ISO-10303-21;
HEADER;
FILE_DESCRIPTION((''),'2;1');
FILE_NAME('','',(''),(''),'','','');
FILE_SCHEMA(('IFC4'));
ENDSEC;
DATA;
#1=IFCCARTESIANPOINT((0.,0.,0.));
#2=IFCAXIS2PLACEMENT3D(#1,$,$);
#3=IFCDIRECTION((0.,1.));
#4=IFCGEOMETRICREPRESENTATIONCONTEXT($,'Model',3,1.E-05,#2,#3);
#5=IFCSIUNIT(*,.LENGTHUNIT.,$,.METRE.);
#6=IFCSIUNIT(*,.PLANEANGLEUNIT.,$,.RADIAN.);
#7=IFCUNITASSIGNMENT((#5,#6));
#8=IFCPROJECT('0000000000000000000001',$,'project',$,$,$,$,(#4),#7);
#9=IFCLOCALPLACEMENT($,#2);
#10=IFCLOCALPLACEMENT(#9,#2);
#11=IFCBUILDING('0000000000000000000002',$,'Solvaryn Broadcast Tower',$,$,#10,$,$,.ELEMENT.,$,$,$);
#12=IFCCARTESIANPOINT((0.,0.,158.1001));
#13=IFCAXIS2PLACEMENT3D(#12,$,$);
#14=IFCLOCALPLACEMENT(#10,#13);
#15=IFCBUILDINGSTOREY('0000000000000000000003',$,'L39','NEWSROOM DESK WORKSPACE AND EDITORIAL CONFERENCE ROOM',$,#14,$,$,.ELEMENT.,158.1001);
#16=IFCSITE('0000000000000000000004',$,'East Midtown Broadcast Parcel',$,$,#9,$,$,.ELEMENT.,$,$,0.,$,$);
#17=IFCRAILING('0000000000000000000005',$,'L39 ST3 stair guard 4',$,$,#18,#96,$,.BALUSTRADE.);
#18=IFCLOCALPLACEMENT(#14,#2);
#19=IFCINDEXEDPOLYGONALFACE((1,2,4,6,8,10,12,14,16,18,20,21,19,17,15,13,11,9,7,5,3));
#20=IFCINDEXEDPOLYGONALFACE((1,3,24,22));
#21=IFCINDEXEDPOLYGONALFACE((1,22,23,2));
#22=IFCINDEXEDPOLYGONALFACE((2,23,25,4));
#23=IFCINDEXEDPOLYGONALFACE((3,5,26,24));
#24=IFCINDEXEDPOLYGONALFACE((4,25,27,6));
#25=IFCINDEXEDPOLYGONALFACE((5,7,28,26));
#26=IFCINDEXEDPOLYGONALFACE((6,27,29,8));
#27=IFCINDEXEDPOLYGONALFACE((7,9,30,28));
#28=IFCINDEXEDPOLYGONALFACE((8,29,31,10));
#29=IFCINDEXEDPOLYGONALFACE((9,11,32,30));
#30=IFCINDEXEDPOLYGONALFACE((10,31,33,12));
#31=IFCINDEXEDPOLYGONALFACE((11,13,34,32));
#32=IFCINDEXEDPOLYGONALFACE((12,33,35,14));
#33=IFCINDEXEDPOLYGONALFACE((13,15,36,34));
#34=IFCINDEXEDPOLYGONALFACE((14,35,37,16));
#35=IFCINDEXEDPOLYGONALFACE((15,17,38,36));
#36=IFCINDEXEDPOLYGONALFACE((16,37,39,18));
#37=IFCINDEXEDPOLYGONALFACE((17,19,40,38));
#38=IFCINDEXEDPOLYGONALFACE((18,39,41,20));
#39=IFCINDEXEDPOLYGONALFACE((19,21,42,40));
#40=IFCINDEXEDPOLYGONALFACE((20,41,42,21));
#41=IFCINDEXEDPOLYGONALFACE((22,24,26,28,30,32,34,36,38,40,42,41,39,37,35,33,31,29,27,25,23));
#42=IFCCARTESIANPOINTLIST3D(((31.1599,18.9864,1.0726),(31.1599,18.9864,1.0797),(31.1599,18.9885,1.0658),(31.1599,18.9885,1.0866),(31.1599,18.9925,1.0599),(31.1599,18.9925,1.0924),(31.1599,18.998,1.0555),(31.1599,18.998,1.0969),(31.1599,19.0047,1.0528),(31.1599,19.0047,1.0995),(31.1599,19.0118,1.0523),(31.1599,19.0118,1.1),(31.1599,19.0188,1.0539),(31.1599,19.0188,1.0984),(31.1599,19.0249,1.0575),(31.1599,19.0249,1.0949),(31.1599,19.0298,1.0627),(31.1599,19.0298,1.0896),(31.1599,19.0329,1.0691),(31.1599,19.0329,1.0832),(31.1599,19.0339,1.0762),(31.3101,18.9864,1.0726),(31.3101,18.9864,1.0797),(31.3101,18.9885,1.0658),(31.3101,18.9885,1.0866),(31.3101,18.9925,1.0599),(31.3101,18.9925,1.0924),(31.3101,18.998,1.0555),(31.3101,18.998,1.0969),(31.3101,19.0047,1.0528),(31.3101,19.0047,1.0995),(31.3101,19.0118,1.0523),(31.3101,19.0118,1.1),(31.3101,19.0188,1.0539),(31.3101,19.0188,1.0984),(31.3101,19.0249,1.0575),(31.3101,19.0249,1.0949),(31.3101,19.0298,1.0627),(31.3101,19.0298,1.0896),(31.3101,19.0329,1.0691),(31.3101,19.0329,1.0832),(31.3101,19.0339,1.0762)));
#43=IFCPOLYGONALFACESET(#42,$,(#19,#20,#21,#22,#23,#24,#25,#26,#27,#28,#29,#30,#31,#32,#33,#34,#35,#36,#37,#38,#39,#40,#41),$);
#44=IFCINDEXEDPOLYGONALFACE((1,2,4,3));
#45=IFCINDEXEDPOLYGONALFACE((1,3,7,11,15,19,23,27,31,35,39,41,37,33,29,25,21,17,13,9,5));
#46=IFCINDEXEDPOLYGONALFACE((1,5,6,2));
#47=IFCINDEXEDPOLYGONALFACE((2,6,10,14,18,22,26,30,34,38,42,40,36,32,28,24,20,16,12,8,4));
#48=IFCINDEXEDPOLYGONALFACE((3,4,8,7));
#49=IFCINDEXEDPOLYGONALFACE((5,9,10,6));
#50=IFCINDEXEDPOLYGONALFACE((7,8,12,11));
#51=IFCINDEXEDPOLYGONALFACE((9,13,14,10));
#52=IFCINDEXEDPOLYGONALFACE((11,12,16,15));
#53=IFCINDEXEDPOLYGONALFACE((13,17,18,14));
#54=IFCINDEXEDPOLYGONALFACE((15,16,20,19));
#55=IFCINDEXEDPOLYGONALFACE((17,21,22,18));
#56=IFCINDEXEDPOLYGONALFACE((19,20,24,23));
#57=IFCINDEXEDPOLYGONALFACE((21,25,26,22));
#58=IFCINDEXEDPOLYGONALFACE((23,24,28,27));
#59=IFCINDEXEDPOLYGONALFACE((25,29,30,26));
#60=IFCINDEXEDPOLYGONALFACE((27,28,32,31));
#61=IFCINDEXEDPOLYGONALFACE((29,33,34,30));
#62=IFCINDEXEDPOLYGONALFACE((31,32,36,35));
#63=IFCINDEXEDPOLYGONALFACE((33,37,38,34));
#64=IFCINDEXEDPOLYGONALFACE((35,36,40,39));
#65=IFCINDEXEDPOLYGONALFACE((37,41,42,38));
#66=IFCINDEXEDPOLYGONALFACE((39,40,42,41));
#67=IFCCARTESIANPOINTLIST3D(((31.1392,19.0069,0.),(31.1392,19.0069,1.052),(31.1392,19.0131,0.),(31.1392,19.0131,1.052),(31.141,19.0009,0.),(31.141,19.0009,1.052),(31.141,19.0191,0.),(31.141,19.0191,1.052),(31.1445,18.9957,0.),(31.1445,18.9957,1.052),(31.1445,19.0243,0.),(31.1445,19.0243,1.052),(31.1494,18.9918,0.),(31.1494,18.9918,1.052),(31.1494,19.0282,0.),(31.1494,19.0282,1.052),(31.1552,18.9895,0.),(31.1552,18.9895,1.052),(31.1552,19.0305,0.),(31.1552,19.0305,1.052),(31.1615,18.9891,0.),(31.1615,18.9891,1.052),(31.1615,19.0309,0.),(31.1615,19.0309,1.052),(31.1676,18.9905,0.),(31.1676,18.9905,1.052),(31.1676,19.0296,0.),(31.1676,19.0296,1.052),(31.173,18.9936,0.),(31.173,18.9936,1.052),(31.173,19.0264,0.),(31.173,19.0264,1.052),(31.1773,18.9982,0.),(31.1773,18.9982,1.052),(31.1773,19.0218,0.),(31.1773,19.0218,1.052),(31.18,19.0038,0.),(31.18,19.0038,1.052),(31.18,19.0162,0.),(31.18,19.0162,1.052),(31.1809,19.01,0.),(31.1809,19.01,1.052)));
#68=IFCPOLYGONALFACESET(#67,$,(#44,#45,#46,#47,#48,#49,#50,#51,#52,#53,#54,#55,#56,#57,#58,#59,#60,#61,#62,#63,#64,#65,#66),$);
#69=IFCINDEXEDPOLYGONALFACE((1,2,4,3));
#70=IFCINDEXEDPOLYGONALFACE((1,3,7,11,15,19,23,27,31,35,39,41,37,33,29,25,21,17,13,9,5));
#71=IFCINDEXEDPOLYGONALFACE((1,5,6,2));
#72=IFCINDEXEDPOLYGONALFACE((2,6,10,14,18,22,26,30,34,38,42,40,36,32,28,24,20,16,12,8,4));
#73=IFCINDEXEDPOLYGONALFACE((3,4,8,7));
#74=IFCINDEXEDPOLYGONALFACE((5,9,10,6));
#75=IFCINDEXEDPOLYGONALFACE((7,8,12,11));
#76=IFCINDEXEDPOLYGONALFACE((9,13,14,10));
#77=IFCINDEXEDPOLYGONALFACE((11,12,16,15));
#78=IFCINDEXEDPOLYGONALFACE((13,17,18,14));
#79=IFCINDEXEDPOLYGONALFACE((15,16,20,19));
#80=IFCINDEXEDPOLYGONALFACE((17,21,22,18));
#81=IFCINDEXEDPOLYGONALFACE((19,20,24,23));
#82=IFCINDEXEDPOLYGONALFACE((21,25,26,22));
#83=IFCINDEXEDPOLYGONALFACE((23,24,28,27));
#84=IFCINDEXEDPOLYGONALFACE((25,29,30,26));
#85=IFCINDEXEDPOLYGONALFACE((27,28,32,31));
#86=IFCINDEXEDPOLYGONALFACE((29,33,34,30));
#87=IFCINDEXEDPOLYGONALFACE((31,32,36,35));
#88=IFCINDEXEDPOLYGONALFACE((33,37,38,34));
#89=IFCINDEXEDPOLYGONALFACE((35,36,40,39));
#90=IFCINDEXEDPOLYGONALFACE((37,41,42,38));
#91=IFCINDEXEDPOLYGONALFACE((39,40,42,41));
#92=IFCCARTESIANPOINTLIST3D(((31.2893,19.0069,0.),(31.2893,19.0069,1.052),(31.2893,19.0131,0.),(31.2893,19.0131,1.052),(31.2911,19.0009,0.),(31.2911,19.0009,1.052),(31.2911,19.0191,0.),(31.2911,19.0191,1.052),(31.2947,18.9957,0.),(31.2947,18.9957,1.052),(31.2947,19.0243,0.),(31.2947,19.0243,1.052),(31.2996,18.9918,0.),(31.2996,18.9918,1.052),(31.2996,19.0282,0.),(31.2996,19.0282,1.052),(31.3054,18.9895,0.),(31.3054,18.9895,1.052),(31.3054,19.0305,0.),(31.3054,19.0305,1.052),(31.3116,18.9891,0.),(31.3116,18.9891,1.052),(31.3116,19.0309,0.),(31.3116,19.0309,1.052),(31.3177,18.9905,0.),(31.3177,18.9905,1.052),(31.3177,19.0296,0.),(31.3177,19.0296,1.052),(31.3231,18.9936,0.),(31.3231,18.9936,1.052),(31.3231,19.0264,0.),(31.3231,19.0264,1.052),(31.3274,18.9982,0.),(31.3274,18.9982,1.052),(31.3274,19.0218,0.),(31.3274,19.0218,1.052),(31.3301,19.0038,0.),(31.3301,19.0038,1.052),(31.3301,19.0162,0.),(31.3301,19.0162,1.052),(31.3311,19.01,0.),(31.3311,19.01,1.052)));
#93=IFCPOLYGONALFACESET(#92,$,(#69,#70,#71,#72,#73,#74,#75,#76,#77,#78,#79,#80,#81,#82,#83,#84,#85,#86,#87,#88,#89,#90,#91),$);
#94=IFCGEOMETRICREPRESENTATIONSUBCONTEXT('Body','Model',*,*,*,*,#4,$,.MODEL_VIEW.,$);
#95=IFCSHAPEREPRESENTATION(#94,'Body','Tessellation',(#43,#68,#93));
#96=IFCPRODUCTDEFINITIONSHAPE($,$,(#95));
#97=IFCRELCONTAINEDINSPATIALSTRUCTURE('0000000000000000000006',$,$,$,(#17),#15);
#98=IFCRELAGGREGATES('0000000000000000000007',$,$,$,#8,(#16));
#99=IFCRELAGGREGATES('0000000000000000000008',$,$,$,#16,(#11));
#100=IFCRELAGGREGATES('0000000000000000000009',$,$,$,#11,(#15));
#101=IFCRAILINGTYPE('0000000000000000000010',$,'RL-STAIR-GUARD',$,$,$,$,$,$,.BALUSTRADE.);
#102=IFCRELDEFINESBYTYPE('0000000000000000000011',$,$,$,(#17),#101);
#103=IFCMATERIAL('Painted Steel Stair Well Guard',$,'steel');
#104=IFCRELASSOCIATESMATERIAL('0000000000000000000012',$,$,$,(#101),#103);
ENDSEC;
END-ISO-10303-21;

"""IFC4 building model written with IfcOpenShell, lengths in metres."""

from ifc_helpers import new_model, si_unit, direction, frame, origin, origin_2d, place, context, subcontext, project, spatial, circle, extrude, material, type_object, element, save


model = new_model("IFC4")

# Units and contexts
model_context = context("Model", 3, precision=1e-05, world=origin(), true_north=direction((0.0, 1.0)))
body_context = subcontext(model_context, "Body", "Model", "MODEL_VIEW")
ifc_project = project(units=[si_unit("LENGTHUNIT", "METRE"), si_unit("PLANEANGLEUNIT", "RADIAN")], contexts=[model_context])

# Site, building, storey
site_placement = place(None, origin())
site = spatial("IfcSite", under=ifc_project, at=site_placement, Name="East Midtown Broadcast Parcel", CompositionType="ELEMENT", RefElevation=0.0)
building_placement = place(site_placement, origin())
building = spatial("IfcBuilding", under=site, at=building_placement, Name="Solvaryn Broadcast Tower", CompositionType="ELEMENT")
storey_placement = place(building_placement, frame((0.0, 0.0, 158.1001)))
storey = spatial("IfcBuildingStorey", under=building, at=storey_placement, Name="L39", Description="NEWSROOM DESK WORKSPACE AND EDITORIAL CONFERENCE ROOM", CompositionType="ELEMENT", Elevation=158.1001)

# Railing
ifc_material_1 = material(Name="Painted Steel Stair Well Guard", Category="steel")
railing_type_1 = type_object("IfcRailingType", Name="RL-STAIR-GUARD", PredefinedType="BALUSTRADE", material=ifc_material_1)
railing_1_placement = place(storey_placement, frame((31.1599, 19.01, 0.0)))
element("IfcRailing", 1, at=railing_1_placement, inside=storey, type_object=railing_type_1, Name="L39 ST3 stair guard 4", PredefinedType="BALUSTRADE", context=body_context, shape_type="SweptSolid", body=[
    extrude(circle(Radius=0.0239, at=origin_2d()), frame((0.0, 0.0, 1.0762), z_axis=(1.0, 0.0, 0.0), x_axis=(0.0, 1.0, 0.0)), (0.0, 0.0, 1.0), 0.1501),
    extrude(circle(Radius=0.021, at=origin_2d()), origin(), (0.0, 0.0, 1.0), 1.052),
    extrude(circle(Radius=0.021, at=origin_2d()), frame((0.1501, 0.0, 0.0)), (0.0, 0.0, 1.0), 1.052),
])

save(model, "model.ifc")
